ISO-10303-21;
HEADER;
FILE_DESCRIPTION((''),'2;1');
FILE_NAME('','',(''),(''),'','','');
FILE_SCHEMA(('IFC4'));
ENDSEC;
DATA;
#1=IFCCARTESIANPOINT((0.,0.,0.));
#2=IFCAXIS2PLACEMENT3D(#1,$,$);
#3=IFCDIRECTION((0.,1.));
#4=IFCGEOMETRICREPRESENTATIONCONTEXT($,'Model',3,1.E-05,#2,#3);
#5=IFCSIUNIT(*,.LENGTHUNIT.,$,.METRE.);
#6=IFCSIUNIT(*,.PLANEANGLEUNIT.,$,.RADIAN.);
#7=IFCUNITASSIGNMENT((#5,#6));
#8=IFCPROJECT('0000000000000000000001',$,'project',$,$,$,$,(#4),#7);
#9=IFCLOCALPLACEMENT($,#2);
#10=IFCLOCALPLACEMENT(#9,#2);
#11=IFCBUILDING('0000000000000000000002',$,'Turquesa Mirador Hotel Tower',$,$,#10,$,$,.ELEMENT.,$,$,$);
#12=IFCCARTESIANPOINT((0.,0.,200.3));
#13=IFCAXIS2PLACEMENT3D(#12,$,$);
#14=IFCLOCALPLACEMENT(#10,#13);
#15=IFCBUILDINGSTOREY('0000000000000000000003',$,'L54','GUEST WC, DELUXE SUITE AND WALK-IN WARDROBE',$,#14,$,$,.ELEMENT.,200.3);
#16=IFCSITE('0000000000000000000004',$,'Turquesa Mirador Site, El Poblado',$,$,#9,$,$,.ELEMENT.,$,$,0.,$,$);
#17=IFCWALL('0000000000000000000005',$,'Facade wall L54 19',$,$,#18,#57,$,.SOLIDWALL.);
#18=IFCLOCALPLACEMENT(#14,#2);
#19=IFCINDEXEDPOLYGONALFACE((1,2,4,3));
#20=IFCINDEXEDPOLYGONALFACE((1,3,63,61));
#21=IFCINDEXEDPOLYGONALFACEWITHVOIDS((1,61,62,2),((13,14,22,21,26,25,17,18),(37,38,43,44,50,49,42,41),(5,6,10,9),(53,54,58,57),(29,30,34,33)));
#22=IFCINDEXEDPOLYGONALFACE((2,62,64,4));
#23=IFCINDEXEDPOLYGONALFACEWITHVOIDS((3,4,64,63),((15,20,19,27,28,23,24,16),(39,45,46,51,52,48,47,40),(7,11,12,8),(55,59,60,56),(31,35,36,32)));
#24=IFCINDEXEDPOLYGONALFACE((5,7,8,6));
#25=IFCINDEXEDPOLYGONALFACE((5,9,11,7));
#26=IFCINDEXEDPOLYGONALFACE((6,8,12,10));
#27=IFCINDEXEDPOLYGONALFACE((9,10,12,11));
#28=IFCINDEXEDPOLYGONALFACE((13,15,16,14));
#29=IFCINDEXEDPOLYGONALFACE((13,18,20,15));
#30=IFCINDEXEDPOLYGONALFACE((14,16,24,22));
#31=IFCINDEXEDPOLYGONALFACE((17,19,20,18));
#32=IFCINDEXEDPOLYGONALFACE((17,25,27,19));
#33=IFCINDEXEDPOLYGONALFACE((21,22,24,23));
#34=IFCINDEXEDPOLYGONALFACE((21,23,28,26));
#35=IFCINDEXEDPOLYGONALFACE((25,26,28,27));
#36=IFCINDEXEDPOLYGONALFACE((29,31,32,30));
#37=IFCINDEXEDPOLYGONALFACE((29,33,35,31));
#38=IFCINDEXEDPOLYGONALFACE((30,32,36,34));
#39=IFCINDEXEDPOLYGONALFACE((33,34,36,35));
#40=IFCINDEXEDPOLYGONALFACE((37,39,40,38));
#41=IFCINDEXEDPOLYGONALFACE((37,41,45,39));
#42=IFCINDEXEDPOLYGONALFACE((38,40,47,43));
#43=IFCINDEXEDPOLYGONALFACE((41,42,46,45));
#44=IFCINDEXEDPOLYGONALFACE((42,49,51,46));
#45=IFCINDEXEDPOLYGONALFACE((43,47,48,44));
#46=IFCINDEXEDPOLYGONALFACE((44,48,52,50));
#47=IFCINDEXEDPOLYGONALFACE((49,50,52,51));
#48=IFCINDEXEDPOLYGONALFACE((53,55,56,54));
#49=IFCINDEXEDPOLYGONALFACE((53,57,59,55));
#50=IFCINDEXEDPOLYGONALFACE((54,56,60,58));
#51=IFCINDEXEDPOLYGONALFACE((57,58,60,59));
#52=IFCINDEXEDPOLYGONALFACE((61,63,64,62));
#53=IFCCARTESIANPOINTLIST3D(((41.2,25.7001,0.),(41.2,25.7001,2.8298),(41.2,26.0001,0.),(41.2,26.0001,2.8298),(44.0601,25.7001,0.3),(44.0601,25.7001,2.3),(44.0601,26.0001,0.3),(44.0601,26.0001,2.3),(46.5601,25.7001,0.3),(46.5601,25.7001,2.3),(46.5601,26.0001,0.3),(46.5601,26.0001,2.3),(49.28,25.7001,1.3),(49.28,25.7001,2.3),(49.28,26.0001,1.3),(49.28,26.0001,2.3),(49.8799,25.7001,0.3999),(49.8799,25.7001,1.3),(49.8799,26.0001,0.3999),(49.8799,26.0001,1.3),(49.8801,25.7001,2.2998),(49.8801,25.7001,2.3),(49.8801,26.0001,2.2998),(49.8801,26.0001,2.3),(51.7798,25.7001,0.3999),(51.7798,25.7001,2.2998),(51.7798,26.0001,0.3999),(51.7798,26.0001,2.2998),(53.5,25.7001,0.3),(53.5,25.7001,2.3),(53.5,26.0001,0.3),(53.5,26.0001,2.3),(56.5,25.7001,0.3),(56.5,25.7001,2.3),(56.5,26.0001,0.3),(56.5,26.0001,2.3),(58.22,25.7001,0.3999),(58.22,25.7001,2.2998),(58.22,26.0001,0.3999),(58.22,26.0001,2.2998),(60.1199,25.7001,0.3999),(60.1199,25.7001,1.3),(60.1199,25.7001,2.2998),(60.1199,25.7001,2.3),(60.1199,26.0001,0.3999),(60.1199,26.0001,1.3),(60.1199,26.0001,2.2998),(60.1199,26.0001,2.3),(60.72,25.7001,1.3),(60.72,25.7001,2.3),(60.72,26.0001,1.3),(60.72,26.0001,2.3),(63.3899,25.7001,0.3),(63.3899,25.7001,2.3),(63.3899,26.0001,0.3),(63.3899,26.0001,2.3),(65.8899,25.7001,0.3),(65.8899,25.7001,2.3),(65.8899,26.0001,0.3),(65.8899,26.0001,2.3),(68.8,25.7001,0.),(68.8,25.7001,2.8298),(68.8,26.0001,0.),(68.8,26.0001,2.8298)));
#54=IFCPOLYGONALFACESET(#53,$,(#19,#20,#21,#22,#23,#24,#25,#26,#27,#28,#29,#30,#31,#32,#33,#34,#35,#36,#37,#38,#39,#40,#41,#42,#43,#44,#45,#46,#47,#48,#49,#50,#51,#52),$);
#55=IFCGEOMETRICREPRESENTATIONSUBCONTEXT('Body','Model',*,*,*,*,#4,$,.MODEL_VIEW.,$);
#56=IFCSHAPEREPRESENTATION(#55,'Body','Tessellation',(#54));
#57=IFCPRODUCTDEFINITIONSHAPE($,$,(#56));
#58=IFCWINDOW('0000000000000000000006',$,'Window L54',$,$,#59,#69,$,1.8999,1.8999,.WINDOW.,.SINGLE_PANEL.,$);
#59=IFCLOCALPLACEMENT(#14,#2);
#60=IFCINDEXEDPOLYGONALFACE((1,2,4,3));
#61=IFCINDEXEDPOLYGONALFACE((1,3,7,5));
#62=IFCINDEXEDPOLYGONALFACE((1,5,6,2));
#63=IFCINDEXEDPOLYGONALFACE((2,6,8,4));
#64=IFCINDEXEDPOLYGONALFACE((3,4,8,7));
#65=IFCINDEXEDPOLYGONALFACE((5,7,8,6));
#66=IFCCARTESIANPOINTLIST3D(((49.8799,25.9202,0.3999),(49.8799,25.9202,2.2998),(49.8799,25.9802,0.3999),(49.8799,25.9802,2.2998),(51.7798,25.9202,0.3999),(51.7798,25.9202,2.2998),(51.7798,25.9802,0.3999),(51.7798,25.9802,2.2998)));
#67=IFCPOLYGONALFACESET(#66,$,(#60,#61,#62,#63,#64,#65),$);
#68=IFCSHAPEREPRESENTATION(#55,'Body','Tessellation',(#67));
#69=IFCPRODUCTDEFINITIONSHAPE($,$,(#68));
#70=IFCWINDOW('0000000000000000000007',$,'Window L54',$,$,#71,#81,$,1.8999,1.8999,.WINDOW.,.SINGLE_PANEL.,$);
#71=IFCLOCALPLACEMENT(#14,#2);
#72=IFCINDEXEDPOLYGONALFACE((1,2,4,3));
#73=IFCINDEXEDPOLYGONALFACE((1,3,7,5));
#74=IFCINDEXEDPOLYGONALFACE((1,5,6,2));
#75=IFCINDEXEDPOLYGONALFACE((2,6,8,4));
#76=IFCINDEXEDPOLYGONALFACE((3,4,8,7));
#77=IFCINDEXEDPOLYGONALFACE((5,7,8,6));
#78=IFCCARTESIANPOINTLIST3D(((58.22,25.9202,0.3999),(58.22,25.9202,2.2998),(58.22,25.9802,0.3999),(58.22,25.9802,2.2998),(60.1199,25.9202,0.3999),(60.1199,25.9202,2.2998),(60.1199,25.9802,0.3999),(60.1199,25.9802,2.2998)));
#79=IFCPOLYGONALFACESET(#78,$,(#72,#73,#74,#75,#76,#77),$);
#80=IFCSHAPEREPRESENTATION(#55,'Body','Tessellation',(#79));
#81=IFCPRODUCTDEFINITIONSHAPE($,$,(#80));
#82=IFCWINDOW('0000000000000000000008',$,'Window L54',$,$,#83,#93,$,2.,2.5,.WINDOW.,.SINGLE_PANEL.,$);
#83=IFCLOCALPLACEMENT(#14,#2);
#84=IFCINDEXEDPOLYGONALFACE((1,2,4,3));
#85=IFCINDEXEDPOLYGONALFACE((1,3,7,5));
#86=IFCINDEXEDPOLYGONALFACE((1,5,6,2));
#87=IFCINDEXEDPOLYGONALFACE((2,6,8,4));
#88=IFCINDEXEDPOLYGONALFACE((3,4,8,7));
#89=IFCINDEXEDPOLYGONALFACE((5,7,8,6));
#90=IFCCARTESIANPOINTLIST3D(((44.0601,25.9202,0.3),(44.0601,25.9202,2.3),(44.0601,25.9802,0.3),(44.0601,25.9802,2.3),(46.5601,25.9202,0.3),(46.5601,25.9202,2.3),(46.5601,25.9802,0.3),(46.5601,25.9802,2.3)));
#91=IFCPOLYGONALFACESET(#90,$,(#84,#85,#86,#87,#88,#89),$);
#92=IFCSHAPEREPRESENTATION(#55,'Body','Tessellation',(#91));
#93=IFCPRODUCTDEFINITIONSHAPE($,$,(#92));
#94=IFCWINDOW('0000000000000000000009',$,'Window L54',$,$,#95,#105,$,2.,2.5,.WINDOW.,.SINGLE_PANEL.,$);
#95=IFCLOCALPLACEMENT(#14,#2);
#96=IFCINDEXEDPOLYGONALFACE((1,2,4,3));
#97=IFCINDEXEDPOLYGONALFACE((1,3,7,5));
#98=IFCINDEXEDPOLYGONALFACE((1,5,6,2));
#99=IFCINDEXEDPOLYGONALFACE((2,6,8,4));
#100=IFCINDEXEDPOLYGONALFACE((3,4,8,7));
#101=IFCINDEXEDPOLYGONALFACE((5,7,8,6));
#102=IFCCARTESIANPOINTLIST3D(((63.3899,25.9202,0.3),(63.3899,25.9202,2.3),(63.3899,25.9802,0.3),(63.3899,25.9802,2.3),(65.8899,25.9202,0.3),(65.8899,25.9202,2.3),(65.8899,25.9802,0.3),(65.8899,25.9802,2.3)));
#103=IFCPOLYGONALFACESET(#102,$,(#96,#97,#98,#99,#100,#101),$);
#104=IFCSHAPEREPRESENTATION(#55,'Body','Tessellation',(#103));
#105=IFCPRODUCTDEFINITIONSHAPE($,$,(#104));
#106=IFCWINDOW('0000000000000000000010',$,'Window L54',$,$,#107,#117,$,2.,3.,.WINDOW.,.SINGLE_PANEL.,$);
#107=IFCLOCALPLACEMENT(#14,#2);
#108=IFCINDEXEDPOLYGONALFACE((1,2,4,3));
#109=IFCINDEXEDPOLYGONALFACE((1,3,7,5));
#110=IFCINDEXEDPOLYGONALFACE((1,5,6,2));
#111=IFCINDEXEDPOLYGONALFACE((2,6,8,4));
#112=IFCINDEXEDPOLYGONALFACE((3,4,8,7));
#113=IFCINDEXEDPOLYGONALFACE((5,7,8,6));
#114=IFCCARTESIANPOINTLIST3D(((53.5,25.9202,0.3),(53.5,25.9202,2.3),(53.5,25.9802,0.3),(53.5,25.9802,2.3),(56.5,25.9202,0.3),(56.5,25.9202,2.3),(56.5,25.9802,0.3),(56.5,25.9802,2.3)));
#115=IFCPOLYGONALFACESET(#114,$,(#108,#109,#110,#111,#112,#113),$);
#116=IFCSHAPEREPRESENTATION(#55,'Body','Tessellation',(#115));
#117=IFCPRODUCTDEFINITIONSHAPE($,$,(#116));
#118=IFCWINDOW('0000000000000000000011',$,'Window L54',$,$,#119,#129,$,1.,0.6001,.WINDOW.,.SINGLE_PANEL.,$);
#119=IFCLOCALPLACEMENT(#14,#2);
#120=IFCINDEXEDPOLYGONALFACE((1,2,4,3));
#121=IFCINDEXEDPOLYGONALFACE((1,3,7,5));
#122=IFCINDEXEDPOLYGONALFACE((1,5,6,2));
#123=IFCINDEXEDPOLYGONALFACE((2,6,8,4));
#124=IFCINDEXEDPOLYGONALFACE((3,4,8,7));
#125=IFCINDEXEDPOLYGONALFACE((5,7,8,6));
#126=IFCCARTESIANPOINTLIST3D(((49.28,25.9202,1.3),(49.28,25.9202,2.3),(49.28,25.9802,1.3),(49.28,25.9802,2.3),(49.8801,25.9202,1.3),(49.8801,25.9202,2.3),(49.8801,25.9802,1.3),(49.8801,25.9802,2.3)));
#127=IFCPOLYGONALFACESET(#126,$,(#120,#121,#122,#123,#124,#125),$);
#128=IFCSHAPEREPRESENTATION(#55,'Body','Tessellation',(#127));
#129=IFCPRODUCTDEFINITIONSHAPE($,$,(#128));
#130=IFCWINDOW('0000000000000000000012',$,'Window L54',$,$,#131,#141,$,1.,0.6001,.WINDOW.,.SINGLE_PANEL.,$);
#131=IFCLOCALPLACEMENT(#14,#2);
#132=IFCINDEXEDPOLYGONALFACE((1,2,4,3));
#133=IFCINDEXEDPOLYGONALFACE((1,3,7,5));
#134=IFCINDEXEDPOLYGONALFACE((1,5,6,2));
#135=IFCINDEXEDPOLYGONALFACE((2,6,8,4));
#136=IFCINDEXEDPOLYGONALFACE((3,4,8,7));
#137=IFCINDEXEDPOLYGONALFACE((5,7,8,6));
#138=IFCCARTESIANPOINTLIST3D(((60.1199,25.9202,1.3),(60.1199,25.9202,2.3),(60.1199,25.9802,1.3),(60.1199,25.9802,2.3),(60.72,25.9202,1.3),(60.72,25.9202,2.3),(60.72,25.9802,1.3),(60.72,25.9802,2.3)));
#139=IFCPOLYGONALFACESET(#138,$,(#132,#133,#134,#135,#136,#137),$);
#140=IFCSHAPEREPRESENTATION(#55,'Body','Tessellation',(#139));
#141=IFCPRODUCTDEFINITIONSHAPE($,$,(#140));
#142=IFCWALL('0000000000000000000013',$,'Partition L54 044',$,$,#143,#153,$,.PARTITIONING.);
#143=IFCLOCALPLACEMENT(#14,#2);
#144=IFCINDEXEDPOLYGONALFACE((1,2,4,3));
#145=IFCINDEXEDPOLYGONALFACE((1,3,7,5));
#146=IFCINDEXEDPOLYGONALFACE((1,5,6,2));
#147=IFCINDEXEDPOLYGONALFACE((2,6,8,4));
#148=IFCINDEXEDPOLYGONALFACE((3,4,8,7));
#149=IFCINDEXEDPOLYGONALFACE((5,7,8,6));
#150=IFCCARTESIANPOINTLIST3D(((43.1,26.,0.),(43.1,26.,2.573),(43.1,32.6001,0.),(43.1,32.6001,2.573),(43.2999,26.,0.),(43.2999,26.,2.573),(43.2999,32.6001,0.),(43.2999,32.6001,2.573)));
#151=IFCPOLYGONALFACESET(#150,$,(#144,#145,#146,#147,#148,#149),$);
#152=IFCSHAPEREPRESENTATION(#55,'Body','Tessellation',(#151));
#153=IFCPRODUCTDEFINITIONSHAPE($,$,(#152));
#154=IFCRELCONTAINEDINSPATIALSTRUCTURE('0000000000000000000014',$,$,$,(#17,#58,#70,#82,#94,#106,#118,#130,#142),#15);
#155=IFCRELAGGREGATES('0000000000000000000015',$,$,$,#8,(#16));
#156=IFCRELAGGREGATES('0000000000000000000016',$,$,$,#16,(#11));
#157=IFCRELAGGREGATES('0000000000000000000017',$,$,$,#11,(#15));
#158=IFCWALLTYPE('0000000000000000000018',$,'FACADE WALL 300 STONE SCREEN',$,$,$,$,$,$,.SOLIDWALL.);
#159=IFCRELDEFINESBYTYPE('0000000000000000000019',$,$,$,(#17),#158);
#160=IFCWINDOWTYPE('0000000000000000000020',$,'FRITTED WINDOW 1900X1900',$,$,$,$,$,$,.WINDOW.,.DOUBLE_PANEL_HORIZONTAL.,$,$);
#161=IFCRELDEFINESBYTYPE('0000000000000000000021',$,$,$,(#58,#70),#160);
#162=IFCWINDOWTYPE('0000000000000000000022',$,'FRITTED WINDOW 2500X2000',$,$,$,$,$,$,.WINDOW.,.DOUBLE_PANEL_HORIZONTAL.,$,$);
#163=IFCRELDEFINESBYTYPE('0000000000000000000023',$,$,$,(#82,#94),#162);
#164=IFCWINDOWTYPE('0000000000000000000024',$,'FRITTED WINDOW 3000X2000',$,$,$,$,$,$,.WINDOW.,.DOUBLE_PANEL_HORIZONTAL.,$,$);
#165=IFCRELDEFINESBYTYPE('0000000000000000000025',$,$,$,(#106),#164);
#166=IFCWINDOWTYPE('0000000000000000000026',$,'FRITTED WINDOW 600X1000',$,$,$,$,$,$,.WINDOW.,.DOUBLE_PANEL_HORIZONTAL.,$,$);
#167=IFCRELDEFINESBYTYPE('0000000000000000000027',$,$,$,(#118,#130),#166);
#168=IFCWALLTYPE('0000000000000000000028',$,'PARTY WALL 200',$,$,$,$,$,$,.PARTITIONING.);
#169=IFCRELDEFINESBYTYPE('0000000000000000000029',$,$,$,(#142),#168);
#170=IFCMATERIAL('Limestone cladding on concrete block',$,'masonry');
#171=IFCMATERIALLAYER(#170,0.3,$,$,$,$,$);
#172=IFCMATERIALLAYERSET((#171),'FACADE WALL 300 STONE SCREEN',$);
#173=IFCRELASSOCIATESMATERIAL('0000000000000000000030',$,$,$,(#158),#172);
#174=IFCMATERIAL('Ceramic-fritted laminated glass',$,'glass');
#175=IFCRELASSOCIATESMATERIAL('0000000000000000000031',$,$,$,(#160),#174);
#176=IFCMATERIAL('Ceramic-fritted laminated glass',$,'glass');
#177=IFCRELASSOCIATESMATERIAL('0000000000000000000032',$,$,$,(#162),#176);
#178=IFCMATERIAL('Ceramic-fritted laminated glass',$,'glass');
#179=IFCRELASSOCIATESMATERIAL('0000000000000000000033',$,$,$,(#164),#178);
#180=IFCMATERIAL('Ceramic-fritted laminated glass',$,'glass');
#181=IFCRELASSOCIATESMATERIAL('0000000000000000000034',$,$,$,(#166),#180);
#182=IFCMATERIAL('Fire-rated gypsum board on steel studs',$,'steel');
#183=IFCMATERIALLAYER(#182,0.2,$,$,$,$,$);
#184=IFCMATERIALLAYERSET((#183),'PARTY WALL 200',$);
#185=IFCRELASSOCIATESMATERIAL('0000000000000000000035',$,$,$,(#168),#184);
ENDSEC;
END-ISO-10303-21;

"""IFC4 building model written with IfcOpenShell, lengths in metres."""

from ifc_helpers import new_model, si_unit, direction, frame, frame_2d, origin, place, context, subcontext, project, spatial, rectangle, extrude, material, layer, layer_set, type_object, element, fill, save


model = new_model("IFC4")

# Units and contexts
model_context = context("Model", 3, precision=1e-05, world=origin(), true_north=direction((0.0, 1.0)))
body_context = subcontext(model_context, "Body", "Model", "MODEL_VIEW")
ifc_project = project(units=[si_unit("LENGTHUNIT", "METRE"), si_unit("PLANEANGLEUNIT", "RADIAN")], contexts=[model_context])

# Site, building, storey
site_placement = place(None, origin())
site = spatial("IfcSite", under=ifc_project, at=site_placement, Name="Turquesa Mirador Site, El Poblado", CompositionType="ELEMENT", RefElevation=0.0)
building_placement = place(site_placement, origin())
building = spatial("IfcBuilding", under=site, at=building_placement, Name="Turquesa Mirador Hotel Tower", CompositionType="ELEMENT")
storey_placement = place(building_placement, frame((0.0, 0.0, 200.3)))
storey = spatial("IfcBuildingStorey", under=building, at=storey_placement, Name="L54", Description="GUEST WC, DELUXE SUITE AND WALK-IN WARDROBE", CompositionType="ELEMENT", Elevation=200.3)

# Wall, openings, windows
ifc_material_1 = material(Name="Limestone cladding on concrete block", Category="masonry")
ifc_layer_1 = layer(ifc_material_1, 0.3)
ifc_layer_set_1 = layer_set([ifc_layer_1], Name="FACADE WALL 300 STONE SCREEN")
wall_type_1 = type_object("IfcWallType", Name="FACADE WALL 300 STONE SCREEN", PredefinedType="SOLIDWALL", material=ifc_layer_set_1)
wall_1_placement = place(storey_placement, frame((41.2, 25.8501, 0.0), z_axis=(0.0, 0.0, 1.0), x_axis=(1.0, 0.0, 0.0)))
wall_1 = element("IfcWall", 1, at=wall_1_placement, inside=storey, type_object=wall_type_1, Name="Facade wall L54 19", PredefinedType="SOLIDWALL", context=body_context, shape_type="SweptSolid", body=[
    extrude(rectangle(XDim=27.6001, YDim=0.3, at=frame_2d((13.8, 0.0))), origin(), (0.0, 0.0, 1.0), 2.8298),
])
opening_1_placement = place(wall_1_placement, frame((2.8601, 0.0, 0.3)))
opening_1 = element("IfcOpeningElement", 2, at=opening_1_placement, cuts=wall_1, PredefinedType="OPENING", context=body_context, shape_type="SweptSolid", body=[
    extrude(rectangle(XDim=2.5, YDim=2.0, at=frame_2d((1.25, 1.0))), frame((0.0, 0.1599, 0.0), z_axis=(0.0, -1.0, 0.0), x_axis=(1.0, 0.0, 0.0)), (0.0, 0.0, 1.0), 0.3201),
])
opening_2_placement = place(wall_1_placement, frame((8.6799, 0.0, 0.3999)))
opening_2 = element("IfcOpeningElement", 3, at=opening_2_placement, cuts=wall_1, PredefinedType="OPENING", context=body_context, shape_type="SweptSolid", body=[
    extrude(rectangle(XDim=1.8999, YDim=1.8999, at=frame_2d((0.95, 0.95))), frame((0.0, 0.1599, 0.0), z_axis=(0.0, -1.0, 0.0), x_axis=(1.0, 0.0, 0.0)), (0.0, 0.0, 1.0), 0.3201),
])
opening_3_placement = place(wall_1_placement, frame((12.3, 0.0, 0.3)))
opening_3 = element("IfcOpeningElement", 4, at=opening_3_placement, cuts=wall_1, PredefinedType="OPENING", context=body_context, shape_type="SweptSolid", body=[
    extrude(rectangle(XDim=3.0, YDim=2.0, at=frame_2d((1.5, 1.0))), frame((0.0, 0.1599, 0.0), z_axis=(0.0, -1.0, 0.0), x_axis=(1.0, 0.0, 0.0)), (0.0, 0.0, 1.0), 0.3201),
])
opening_4_placement = place(wall_1_placement, frame((17.02, 0.0, 0.3999)))
opening_4 = element("IfcOpeningElement", 5, at=opening_4_placement, cuts=wall_1, PredefinedType="OPENING", context=body_context, shape_type="SweptSolid", body=[
    extrude(rectangle(XDim=1.8999, YDim=1.8999, at=frame_2d((0.95, 0.95))), frame((0.0, 0.1599, 0.0), z_axis=(0.0, -1.0, 0.0), x_axis=(1.0, 0.0, 0.0)), (0.0, 0.0, 1.0), 0.3201),
])
opening_5_placement = place(wall_1_placement, frame((22.1899, 0.0, 0.3)))
opening_5 = element("IfcOpeningElement", 6, at=opening_5_placement, cuts=wall_1, PredefinedType="OPENING", context=body_context, shape_type="SweptSolid", body=[
    extrude(rectangle(XDim=2.5, YDim=2.0, at=frame_2d((1.25, 1.0))), frame((0.0, 0.1599, 0.0), z_axis=(0.0, -1.0, 0.0), x_axis=(1.0, 0.0, 0.0)), (0.0, 0.0, 1.0), 0.3201),
])
opening_6_placement = place(wall_1_placement, frame((8.0801, 0.0, 1.3)))
opening_6 = element("IfcOpeningElement", 7, at=opening_6_placement, cuts=wall_1, PredefinedType="OPENING", context=body_context, shape_type="SweptSolid", body=[
    extrude(rectangle(XDim=0.6001, YDim=1.0, at=frame_2d((0.3, 0.5))), frame((0.0, 0.1599, 0.0), z_axis=(0.0, -1.0, 0.0), x_axis=(1.0, 0.0, 0.0)), (0.0, 0.0, 1.0), 0.3201),
])
opening_7_placement = place(wall_1_placement, frame((18.9199, 0.0, 1.3)))
opening_7 = element("IfcOpeningElement", 8, at=opening_7_placement, cuts=wall_1, PredefinedType="OPENING", context=body_context, shape_type="SweptSolid", body=[
    extrude(rectangle(XDim=0.6001, YDim=1.0, at=frame_2d((0.3, 0.5))), frame((0.0, 0.1599, 0.0), z_axis=(0.0, -1.0, 0.0), x_axis=(1.0, 0.0, 0.0)), (0.0, 0.0, 1.0), 0.3201),
])
ifc_material_2 = material(Name="Ceramic-fritted laminated glass", Category="glass")
window_type_1 = type_object("IfcWindowType", Name="FRITTED WINDOW 1900X1900", PartitioningType="DOUBLE_PANEL_HORIZONTAL", PredefinedType="WINDOW", material=ifc_material_2)
window_1_placement = place(opening_2_placement, origin())
window_1 = element("IfcWindow", 9, at=window_1_placement, inside=storey, type_object=window_type_1, Name="Window L54", OverallHeight=1.8999, OverallWidth=1.8999, PartitioningType="SINGLE_PANEL", PredefinedType="WINDOW", context=body_context, shape_type="SweptSolid", body=[
    extrude(rectangle(XDim=1.8999, YDim=1.8999, at=frame_2d((0.95, 0.95))), frame((0.0, 0.1301, 0.0), z_axis=(0.0, -1.0, 0.0), x_axis=(1.0, 0.0, 0.0)), (0.0, 0.0, 1.0), 0.0601),
])
fill(opening_2, window_1)
window_2_placement = place(opening_4_placement, origin())
window_2 = element("IfcWindow", 10, at=window_2_placement, inside=storey, type_object=window_type_1, Name="Window L54", OverallHeight=1.8999, OverallWidth=1.8999, PartitioningType="SINGLE_PANEL", PredefinedType="WINDOW", context=body_context, shape_type="SweptSolid", body=[
    extrude(rectangle(XDim=1.8999, YDim=1.8999, at=frame_2d((0.95, 0.95))), frame((0.0, 0.1301, 0.0), z_axis=(0.0, -1.0, 0.0), x_axis=(1.0, 0.0, 0.0)), (0.0, 0.0, 1.0), 0.0601),
])
fill(opening_4, window_2)
ifc_material_3 = material(Name="Ceramic-fritted laminated glass", Category="glass")
window_type_2 = type_object("IfcWindowType", Name="FRITTED WINDOW 2500X2000", PartitioningType="DOUBLE_PANEL_HORIZONTAL", PredefinedType="WINDOW", material=ifc_material_3)
window_3_placement = place(opening_1_placement, origin())
window_3 = element("IfcWindow", 11, at=window_3_placement, inside=storey, type_object=window_type_2, Name="Window L54", OverallHeight=2.0, OverallWidth=2.5, PartitioningType="SINGLE_PANEL", PredefinedType="WINDOW", context=body_context, shape_type="SweptSolid", body=[
    extrude(rectangle(XDim=2.5, YDim=2.0, at=frame_2d((1.25, 1.0))), frame((0.0, 0.1301, 0.0), z_axis=(0.0, -1.0, 0.0), x_axis=(1.0, 0.0, 0.0)), (0.0, 0.0, 1.0), 0.0601),
])
fill(opening_1, window_3)
window_4_placement = place(opening_5_placement, origin())
window_4 = element("IfcWindow", 12, at=window_4_placement, inside=storey, type_object=window_type_2, Name="Window L54", OverallHeight=2.0, OverallWidth=2.5, PartitioningType="SINGLE_PANEL", PredefinedType="WINDOW", context=body_context, shape_type="SweptSolid", body=[
    extrude(rectangle(XDim=2.5, YDim=2.0, at=frame_2d((1.25, 1.0))), frame((0.0, 0.1301, 0.0), z_axis=(0.0, -1.0, 0.0), x_axis=(1.0, 0.0, 0.0)), (0.0, 0.0, 1.0), 0.0601),
])
fill(opening_5, window_4)
ifc_material_4 = material(Name="Ceramic-fritted laminated glass", Category="glass")
window_type_3 = type_object("IfcWindowType", Name="FRITTED WINDOW 3000X2000", PartitioningType="DOUBLE_PANEL_HORIZONTAL", PredefinedType="WINDOW", material=ifc_material_4)
window_5_placement = place(opening_3_placement, origin())
window_5 = element("IfcWindow", 13, at=window_5_placement, inside=storey, type_object=window_type_3, Name="Window L54", OverallHeight=2.0, OverallWidth=3.0, PartitioningType="SINGLE_PANEL", PredefinedType="WINDOW", context=body_context, shape_type="SweptSolid", body=[
    extrude(rectangle(XDim=3.0, YDim=2.0, at=frame_2d((1.5, 1.0))), frame((0.0, 0.1301, 0.0), z_axis=(0.0, -1.0, 0.0), x_axis=(1.0, 0.0, 0.0)), (0.0, 0.0, 1.0), 0.0601),
])
fill(opening_3, window_5)
ifc_material_5 = material(Name="Ceramic-fritted laminated glass", Category="glass")
window_type_4 = type_object("IfcWindowType", Name="FRITTED WINDOW 600X1000", PartitioningType="DOUBLE_PANEL_HORIZONTAL", PredefinedType="WINDOW", material=ifc_material_5)
window_6_placement = place(opening_6_placement, origin())
window_6 = element("IfcWindow", 14, at=window_6_placement, inside=storey, type_object=window_type_4, Name="Window L54", OverallHeight=1.0, OverallWidth=0.6001, PartitioningType="SINGLE_PANEL", PredefinedType="WINDOW", context=body_context, shape_type="SweptSolid", body=[
    extrude(rectangle(XDim=0.6001, YDim=1.0, at=frame_2d((0.3, 0.5))), frame((0.0, 0.1301, 0.0), z_axis=(0.0, -1.0, 0.0), x_axis=(1.0, 0.0, 0.0)), (0.0, 0.0, 1.0), 0.0601),
])
fill(opening_6, window_6)
window_7_placement = place(opening_7_placement, origin())
window_7 = element("IfcWindow", 15, at=window_7_placement, inside=storey, type_object=window_type_4, Name="Window L54", OverallHeight=1.0, OverallWidth=0.6001, PartitioningType="SINGLE_PANEL", PredefinedType="WINDOW", context=body_context, shape_type="SweptSolid", body=[
    extrude(rectangle(XDim=0.6001, YDim=1.0, at=frame_2d((0.3, 0.5))), frame((0.0, 0.1301, 0.0), z_axis=(0.0, -1.0, 0.0), x_axis=(1.0, 0.0, 0.0)), (0.0, 0.0, 1.0), 0.0601),
])
fill(opening_7, window_7)

# Wall
ifc_material_6 = material(Name="Fire-rated gypsum board on steel studs", Category="steel")
ifc_layer_2 = layer(ifc_material_6, 0.2)
ifc_layer_set_2 = layer_set([ifc_layer_2], Name="PARTY WALL 200")
wall_type_2 = type_object("IfcWallType", Name="PARTY WALL 200", PredefinedType="PARTITIONING", material=ifc_layer_set_2)
wall_2_placement = place(storey_placement, frame((43.2, 26.0, 0.0), z_axis=(0.0, 0.0, 1.0), x_axis=(0.0, 1.0, 0.0)))
element("IfcWall", 16, at=wall_2_placement, inside=storey, type_object=wall_type_2, Name="Partition L54 044", PredefinedType="PARTITIONING", context=body_context, shape_type="SweptSolid", body=[
    extrude(rectangle(XDim=6.6001, YDim=0.2, at=frame_2d((3.3, 0.0))), origin(), (0.0, 0.0, 1.0), 2.573),
])

save(model, "model.ifc")
